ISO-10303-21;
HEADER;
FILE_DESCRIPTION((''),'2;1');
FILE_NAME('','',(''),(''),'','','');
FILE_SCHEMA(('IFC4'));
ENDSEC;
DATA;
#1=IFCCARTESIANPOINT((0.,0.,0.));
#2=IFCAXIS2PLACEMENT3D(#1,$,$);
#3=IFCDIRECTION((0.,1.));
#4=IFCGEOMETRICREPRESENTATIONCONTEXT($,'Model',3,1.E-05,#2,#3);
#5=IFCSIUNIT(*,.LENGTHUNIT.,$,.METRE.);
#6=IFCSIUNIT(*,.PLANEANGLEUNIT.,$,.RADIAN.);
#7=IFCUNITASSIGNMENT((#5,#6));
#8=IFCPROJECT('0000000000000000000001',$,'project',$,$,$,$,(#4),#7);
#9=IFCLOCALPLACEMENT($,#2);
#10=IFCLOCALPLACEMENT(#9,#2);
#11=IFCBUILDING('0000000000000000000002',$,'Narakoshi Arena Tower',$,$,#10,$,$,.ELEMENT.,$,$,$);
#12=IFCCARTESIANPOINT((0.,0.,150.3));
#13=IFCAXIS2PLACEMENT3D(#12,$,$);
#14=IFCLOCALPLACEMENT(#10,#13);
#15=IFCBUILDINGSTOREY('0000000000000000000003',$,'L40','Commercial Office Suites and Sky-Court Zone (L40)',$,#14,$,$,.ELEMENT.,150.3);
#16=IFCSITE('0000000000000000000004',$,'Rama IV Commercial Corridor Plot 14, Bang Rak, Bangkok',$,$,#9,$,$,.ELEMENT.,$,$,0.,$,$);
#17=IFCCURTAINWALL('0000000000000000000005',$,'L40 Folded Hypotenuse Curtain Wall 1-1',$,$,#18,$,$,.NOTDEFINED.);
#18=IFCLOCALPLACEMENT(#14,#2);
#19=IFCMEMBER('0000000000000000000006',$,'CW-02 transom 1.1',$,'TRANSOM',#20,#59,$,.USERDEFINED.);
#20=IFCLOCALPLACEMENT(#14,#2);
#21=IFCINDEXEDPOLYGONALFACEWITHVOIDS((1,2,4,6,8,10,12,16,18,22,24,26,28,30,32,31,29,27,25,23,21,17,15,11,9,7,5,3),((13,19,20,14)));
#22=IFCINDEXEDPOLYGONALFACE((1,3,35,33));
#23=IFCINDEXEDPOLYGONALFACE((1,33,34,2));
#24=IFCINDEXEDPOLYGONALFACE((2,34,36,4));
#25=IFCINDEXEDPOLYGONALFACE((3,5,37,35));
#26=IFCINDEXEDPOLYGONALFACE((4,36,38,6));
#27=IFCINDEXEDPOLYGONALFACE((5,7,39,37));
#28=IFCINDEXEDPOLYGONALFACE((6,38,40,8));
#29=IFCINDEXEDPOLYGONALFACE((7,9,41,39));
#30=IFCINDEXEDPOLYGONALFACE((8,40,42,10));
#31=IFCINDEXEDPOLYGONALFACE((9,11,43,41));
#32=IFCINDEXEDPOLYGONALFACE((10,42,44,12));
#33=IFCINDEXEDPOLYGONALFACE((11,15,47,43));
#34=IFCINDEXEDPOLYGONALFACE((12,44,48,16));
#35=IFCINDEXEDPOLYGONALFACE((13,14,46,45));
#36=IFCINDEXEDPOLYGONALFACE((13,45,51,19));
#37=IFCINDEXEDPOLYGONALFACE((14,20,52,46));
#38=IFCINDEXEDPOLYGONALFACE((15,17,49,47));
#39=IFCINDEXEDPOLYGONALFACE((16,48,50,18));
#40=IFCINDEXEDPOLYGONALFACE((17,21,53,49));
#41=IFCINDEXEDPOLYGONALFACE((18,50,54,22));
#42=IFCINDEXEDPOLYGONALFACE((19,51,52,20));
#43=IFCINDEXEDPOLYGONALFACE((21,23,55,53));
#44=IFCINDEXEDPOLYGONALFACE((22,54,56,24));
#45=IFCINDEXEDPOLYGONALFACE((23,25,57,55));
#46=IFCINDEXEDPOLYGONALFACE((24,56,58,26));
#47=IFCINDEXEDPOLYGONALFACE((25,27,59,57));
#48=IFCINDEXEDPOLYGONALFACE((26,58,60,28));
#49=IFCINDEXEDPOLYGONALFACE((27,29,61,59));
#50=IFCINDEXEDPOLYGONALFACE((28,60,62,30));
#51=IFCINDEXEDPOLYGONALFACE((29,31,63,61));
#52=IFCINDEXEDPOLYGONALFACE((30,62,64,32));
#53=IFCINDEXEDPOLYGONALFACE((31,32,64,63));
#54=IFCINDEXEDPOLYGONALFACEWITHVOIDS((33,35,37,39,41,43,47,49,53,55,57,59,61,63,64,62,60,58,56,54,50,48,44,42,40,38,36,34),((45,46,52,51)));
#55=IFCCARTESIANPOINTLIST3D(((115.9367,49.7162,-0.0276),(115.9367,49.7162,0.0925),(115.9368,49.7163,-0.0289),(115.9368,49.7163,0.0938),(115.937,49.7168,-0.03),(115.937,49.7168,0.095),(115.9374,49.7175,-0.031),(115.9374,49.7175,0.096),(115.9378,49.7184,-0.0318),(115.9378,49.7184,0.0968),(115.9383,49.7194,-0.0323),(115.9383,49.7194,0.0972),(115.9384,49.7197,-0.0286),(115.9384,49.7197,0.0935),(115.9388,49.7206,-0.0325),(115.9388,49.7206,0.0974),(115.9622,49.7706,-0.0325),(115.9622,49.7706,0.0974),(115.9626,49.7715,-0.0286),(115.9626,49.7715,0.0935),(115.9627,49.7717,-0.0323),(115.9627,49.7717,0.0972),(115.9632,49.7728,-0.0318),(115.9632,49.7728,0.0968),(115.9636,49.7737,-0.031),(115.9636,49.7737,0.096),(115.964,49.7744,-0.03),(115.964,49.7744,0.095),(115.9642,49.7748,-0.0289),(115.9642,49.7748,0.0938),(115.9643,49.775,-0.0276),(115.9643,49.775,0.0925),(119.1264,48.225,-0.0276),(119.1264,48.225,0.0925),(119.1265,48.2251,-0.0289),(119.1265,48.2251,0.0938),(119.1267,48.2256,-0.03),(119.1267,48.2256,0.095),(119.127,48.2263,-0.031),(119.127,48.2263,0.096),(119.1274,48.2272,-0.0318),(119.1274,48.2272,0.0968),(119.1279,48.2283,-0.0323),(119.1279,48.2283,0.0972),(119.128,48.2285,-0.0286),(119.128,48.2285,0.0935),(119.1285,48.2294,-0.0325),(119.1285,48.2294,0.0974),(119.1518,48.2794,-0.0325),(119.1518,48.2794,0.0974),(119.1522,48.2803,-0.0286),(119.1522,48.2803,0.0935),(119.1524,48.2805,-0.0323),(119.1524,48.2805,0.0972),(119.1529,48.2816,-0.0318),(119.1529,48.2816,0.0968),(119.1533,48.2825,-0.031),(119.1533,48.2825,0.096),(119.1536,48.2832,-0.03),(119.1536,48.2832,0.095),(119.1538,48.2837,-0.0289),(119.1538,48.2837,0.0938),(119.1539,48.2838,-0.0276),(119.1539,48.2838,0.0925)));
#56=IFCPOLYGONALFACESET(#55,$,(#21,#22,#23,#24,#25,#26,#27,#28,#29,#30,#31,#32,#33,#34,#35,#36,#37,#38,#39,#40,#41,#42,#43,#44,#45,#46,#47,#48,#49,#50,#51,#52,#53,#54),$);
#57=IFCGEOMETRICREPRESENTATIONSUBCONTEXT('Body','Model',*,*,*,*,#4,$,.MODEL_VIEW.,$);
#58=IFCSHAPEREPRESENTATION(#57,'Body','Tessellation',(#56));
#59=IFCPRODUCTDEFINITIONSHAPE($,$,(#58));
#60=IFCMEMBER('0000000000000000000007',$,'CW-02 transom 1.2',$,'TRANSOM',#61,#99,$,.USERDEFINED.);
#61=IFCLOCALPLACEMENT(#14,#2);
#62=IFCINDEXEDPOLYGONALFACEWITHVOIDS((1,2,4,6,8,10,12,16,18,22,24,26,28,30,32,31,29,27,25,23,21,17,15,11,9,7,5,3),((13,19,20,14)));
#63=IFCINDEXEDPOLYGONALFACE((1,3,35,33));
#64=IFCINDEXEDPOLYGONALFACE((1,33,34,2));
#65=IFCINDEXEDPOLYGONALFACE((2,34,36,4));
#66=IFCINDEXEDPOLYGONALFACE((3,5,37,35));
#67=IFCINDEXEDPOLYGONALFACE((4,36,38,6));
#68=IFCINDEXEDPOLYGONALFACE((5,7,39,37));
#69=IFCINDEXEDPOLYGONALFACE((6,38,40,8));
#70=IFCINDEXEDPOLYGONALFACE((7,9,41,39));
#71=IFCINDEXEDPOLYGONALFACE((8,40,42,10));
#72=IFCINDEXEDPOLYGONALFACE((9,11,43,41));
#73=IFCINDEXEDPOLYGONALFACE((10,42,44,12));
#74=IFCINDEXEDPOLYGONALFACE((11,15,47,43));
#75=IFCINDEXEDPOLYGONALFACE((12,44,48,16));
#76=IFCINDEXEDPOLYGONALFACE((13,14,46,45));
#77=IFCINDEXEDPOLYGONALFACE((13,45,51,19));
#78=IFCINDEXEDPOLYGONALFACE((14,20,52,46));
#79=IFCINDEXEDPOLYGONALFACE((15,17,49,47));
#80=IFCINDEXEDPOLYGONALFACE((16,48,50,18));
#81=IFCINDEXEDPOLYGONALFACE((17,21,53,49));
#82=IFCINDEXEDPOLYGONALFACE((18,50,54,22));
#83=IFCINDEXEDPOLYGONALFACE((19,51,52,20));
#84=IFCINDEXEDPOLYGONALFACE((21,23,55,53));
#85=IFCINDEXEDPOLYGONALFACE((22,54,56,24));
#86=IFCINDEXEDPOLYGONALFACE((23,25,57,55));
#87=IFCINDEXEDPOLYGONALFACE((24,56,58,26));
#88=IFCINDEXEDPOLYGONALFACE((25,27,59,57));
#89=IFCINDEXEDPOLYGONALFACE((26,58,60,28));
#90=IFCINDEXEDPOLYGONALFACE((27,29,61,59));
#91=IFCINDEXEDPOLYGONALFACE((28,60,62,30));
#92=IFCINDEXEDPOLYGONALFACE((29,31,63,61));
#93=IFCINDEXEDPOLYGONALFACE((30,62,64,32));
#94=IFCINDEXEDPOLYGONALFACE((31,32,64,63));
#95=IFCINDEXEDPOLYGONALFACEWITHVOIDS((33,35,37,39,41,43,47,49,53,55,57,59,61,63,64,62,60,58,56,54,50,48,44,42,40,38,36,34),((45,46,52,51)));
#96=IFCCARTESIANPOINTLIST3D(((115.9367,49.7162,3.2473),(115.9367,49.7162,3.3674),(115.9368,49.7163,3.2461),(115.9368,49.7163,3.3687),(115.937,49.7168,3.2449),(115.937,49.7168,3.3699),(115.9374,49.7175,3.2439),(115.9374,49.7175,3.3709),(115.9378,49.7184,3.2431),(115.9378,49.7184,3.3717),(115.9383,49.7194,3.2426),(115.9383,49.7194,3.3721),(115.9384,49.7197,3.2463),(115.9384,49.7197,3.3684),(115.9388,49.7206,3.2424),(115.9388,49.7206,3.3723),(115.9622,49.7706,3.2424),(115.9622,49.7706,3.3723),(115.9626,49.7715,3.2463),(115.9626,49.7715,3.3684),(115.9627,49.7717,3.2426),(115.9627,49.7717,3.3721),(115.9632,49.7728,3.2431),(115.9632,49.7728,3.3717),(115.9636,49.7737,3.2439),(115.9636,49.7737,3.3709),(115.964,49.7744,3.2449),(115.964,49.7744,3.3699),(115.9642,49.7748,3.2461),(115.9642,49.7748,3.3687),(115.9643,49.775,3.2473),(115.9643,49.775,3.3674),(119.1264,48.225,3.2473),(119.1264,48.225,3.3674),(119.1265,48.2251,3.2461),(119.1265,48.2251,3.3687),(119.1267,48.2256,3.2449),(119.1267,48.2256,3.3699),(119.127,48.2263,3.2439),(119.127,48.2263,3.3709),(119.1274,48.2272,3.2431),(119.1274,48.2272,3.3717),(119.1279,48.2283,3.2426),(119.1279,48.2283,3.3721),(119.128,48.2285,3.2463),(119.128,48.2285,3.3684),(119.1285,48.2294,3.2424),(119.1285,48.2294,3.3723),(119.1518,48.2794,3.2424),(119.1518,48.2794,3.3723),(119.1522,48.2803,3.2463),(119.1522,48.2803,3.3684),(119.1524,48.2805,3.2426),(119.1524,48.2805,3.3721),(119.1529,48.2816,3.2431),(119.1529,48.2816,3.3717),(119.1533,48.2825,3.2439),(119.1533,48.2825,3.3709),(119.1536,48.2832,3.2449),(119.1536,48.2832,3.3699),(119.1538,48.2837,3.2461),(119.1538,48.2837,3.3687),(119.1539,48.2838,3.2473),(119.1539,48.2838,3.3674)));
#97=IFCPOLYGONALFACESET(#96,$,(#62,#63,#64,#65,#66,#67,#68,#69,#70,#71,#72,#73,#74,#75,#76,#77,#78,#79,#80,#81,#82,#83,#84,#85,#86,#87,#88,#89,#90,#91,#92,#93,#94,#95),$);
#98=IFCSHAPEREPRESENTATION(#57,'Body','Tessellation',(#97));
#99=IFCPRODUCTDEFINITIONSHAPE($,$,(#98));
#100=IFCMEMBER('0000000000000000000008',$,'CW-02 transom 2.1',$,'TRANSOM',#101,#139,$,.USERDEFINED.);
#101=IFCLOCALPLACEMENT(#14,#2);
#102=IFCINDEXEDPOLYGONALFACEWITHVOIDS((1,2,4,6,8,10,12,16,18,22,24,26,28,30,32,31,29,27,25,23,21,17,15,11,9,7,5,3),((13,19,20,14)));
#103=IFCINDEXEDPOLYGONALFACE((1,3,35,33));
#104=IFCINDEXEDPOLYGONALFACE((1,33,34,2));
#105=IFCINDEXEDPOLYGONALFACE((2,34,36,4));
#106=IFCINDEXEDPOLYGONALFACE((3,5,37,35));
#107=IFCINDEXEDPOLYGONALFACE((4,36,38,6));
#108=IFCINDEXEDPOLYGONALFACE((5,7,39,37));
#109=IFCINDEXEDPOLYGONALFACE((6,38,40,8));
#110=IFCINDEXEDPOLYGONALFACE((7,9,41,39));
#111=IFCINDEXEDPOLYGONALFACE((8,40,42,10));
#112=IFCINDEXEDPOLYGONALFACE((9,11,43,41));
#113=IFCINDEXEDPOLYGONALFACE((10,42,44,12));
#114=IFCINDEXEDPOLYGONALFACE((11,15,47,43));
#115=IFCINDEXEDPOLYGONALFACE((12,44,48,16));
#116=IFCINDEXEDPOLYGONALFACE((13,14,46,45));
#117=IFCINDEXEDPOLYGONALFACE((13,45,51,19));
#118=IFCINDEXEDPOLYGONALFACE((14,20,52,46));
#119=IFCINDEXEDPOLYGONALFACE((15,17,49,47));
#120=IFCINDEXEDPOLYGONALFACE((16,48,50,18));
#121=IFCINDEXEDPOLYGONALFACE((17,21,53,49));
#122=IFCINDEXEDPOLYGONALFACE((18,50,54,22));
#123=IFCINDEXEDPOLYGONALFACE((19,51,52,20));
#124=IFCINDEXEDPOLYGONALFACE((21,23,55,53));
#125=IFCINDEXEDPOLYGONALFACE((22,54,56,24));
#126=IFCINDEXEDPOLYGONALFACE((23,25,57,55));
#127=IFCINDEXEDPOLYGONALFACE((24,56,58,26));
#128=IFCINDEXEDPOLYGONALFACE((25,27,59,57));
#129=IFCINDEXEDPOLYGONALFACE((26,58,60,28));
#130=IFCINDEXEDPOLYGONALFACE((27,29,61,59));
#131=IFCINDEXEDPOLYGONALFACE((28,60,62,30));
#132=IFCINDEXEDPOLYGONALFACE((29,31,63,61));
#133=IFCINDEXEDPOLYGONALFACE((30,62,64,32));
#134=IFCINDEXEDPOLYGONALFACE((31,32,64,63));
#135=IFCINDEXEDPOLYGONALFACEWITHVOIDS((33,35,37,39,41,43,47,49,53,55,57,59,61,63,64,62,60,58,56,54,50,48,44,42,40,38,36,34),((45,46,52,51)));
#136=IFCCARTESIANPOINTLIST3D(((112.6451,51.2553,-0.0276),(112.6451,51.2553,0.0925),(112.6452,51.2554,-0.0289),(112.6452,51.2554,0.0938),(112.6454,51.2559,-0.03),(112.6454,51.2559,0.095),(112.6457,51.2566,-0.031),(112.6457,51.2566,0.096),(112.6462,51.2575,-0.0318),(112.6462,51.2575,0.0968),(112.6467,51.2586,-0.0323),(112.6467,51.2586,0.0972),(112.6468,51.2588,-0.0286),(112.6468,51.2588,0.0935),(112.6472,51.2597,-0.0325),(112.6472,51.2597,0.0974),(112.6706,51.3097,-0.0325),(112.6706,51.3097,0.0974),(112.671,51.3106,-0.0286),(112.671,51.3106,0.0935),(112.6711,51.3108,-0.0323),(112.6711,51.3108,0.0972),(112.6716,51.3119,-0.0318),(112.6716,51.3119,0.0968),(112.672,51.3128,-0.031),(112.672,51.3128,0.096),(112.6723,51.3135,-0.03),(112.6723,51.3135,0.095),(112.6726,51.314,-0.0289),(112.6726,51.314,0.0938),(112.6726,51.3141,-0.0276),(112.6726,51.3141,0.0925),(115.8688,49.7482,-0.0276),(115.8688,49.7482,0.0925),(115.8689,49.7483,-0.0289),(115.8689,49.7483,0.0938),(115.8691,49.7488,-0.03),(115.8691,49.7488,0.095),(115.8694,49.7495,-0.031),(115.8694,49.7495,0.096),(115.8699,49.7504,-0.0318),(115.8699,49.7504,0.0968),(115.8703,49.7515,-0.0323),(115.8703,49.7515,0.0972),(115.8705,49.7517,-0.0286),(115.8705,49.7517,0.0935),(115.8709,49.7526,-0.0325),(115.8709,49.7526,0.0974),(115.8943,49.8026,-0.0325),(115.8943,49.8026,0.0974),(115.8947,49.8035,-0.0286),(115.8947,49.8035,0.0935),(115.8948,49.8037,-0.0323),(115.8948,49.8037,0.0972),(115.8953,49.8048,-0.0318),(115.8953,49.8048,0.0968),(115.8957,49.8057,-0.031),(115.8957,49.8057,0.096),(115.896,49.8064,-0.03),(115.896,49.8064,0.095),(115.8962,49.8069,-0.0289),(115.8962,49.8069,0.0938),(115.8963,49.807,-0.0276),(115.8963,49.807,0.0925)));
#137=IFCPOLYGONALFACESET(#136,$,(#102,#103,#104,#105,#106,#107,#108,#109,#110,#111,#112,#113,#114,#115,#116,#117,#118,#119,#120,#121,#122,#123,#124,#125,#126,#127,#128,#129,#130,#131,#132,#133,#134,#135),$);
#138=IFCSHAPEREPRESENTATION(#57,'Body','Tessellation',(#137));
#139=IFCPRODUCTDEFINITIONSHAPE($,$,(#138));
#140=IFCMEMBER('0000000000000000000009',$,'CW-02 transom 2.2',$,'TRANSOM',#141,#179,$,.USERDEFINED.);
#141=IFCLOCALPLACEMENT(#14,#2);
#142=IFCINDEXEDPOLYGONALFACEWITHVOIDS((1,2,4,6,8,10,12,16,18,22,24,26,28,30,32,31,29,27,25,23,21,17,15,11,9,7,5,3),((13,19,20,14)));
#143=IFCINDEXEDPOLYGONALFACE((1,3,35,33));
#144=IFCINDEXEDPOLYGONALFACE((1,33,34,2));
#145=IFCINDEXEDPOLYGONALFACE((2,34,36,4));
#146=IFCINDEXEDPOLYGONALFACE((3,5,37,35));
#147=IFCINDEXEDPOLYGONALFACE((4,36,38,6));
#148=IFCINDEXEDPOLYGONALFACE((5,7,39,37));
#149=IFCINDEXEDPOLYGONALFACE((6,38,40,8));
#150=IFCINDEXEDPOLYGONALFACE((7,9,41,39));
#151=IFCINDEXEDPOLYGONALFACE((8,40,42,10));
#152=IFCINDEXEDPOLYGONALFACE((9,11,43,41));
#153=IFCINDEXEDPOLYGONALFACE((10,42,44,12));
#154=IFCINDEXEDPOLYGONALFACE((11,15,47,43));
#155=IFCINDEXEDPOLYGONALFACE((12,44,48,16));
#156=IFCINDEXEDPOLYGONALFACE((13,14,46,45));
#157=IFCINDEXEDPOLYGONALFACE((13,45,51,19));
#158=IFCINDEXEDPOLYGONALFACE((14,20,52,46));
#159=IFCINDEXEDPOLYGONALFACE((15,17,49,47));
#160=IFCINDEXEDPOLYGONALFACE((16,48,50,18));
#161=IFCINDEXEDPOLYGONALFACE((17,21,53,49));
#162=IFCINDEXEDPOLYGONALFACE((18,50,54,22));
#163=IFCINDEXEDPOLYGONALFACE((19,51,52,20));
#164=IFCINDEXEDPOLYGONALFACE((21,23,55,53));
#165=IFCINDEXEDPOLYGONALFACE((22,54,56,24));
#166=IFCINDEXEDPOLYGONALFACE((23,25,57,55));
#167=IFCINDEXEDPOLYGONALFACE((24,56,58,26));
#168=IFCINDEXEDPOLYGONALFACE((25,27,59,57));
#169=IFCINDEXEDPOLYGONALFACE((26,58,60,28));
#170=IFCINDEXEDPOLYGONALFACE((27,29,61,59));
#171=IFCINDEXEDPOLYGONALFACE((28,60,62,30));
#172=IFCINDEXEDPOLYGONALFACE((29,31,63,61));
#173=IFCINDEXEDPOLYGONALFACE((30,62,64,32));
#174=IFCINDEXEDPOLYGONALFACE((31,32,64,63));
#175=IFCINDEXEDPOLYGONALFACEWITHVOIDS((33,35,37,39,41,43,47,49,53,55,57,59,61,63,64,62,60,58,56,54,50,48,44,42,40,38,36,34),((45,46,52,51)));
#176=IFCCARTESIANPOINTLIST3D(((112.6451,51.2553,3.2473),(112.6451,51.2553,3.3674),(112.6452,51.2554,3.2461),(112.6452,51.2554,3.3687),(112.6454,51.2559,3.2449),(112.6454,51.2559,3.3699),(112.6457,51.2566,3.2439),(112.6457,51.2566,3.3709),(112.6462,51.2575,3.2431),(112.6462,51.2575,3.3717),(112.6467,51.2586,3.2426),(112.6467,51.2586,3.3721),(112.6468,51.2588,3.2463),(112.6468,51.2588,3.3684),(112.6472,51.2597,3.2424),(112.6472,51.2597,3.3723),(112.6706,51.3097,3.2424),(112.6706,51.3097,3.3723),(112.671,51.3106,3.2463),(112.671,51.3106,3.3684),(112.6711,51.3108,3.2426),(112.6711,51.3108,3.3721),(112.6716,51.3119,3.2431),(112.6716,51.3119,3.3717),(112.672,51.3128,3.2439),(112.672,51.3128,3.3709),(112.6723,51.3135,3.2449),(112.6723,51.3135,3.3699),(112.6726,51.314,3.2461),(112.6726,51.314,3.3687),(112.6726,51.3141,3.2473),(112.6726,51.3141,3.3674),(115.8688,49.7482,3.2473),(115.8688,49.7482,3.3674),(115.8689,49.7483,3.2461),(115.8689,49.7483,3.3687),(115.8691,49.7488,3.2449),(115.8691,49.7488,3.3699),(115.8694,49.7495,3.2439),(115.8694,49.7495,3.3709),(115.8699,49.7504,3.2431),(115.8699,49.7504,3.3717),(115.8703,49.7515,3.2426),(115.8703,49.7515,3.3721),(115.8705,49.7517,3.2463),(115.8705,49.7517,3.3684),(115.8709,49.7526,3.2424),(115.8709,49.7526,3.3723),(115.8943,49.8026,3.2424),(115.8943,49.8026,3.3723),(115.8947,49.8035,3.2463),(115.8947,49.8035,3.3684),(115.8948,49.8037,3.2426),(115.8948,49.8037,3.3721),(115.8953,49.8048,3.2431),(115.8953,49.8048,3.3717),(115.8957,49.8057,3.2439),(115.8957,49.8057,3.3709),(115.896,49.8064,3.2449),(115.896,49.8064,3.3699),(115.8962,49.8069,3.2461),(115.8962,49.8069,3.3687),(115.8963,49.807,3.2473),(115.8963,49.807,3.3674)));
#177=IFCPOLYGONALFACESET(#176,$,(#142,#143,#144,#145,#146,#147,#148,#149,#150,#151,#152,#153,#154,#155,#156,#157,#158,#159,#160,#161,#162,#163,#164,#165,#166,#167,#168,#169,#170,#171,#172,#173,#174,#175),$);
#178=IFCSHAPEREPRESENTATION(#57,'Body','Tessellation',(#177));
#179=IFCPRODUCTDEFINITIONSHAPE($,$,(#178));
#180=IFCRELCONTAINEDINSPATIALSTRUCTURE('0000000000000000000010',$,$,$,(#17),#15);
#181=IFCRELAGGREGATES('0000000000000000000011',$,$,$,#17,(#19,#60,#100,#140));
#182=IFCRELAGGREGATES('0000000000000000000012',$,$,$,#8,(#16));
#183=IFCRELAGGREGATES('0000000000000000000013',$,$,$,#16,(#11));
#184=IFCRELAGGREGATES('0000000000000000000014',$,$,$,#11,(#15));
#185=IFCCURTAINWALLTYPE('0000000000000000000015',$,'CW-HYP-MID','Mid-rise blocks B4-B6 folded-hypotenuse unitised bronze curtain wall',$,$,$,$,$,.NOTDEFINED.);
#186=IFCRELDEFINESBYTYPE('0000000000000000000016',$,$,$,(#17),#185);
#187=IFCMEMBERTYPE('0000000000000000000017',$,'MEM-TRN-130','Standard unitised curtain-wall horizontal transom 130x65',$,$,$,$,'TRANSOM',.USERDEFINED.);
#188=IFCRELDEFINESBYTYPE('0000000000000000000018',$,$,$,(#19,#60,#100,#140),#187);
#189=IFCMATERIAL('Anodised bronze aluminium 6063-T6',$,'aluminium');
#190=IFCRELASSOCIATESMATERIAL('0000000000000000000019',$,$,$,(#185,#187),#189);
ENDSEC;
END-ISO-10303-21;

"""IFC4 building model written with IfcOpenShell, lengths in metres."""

from ifc_helpers import new_model, si_unit, direction, frame, origin, origin_2d, place, context, subcontext, project, spatial, hollow_rectangle, extrude, material, material_profile, profile_set, type_object, element, aggregate, save


model = new_model("IFC4")

# Units and contexts
model_context = context("Model", 3, precision=1e-05, world=origin(), true_north=direction((0.0, 1.0)))
body_context = subcontext(model_context, "Body", "Model", "MODEL_VIEW")
ifc_project = project(units=[si_unit("LENGTHUNIT", "METRE"), si_unit("PLANEANGLEUNIT", "RADIAN")], contexts=[model_context])

# Site, building, storey
site_placement = place(None, origin())
site = spatial("IfcSite", under=ifc_project, at=site_placement, Name="Rama IV Commercial Corridor Plot 14, Bang Rak, Bangkok", CompositionType="ELEMENT", RefElevation=0.0)
building_placement = place(site_placement, origin())
building = spatial("IfcBuilding", under=site, at=building_placement, Name="Narakoshi Arena Tower", CompositionType="ELEMENT")
storey_placement = place(building_placement, frame((0.0, 0.0, 150.3)))
storey = spatial("IfcBuildingStorey", under=building, at=storey_placement, Name="L40", Description="Commercial Office Suites and Sky-Court Zone (L40)", CompositionType="ELEMENT", Elevation=150.3)

# Curtain wall, members
ifc_material_1 = material(Name="Anodised bronze aluminium 6063-T6", Category="aluminium")
curtain_wall_type = type_object("IfcCurtainWallType", Name="CW-HYP-MID", Description="Mid-rise blocks B4-B6 folded-hypotenuse unitised bronze curtain wall", PredefinedType="NOTDEFINED", material=ifc_material_1)
curtain_wall_placement = place(storey_placement, origin())
curtain_wall = element("IfcCurtainWall", 1, at=curtain_wall_placement, inside=storey, type_object=curtain_wall_type, Name="L40 Folded Hypotenuse Curtain Wall 1-1", PredefinedType="NOTDEFINED")
ifc_material_profile_1 = material_profile(ifc_material_1, hollow_rectangle(XDim=0.0649, YDim=0.1299, WallThickness=0.0039, OuterFilletRadius=0.0049, at=origin_2d()), Name="TRN130x65x4")
ifc_profile_set_1 = profile_set([ifc_material_profile_1], Name="Anodised bronze aluminium 6063-T6")
member_type_1 = type_object("IfcMemberType", Name="MEM-TRN-130", Description="Standard unitised curtain-wall horizontal transom 130x65", ElementType="TRANSOM", PredefinedType="USERDEFINED", material=ifc_profile_set_1)
member_1_placement = place(storey_placement, frame((119.1401, 48.2544, 0.0325), z_axis=(-0.905891, 0.423512, 0.0), x_axis=(-0.423512, -0.905891, 0.0)))
member_1 = element("IfcMember", 2, at=member_1_placement, type_object=member_type_1, Name="CW-02 transom 1.1", ObjectType="TRANSOM", PredefinedType="USERDEFINED", context=body_context, shape_type="SweptSolid", body=[
    extrude(hollow_rectangle(XDim=0.0649, YDim=0.1299, WallThickness=0.0039, OuterFilletRadius=0.0049, at=origin_2d()), origin(), (0.0, 0.0, 1.0), 3.521),
])
member_2_placement = place(storey_placement, frame((119.1401, 48.2544, 3.3074), z_axis=(-0.905891, 0.423512, 0.0), x_axis=(-0.423512, -0.905891, 0.0)))
member_2 = element("IfcMember", 3, at=member_2_placement, type_object=member_type_1, Name="CW-02 transom 1.2", ObjectType="TRANSOM", PredefinedType="USERDEFINED", context=body_context, shape_type="SweptSolid", body=[
    extrude(hollow_rectangle(XDim=0.0649, YDim=0.1299, WallThickness=0.0039, OuterFilletRadius=0.0049, at=origin_2d()), origin(), (0.0, 0.0, 1.0), 3.521),
])
member_3_placement = place(storey_placement, frame((115.8826, 49.7776, 0.0325), z_axis=(-0.90589, 0.423513, 0.0), x_axis=(-0.423513, -0.90589, 0.0)))
member_3 = element("IfcMember", 4, at=member_3_placement, type_object=member_type_1, Name="CW-02 transom 2.1", ObjectType="TRANSOM", PredefinedType="USERDEFINED", context=body_context, shape_type="SweptSolid", body=[
    extrude(hollow_rectangle(XDim=0.0649, YDim=0.1299, WallThickness=0.0039, OuterFilletRadius=0.0049, at=origin_2d()), origin(), (0.0, 0.0, 1.0), 3.5586),
])
member_4_placement = place(storey_placement, frame((115.8826, 49.7776, 3.3074), z_axis=(-0.90589, 0.423513, 0.0), x_axis=(-0.423513, -0.90589, 0.0)))
member_4 = element("IfcMember", 5, at=member_4_placement, type_object=member_type_1, Name="CW-02 transom 2.2", ObjectType="TRANSOM", PredefinedType="USERDEFINED", context=body_context, shape_type="SweptSolid", body=[
    extrude(hollow_rectangle(XDim=0.0649, YDim=0.1299, WallThickness=0.0039, OuterFilletRadius=0.0049, at=origin_2d()), origin(), (0.0, 0.0, 1.0), 3.5586),
])
aggregate(curtain_wall, [member_1, member_2, member_3, member_4])

save(model, "model.ifc")
